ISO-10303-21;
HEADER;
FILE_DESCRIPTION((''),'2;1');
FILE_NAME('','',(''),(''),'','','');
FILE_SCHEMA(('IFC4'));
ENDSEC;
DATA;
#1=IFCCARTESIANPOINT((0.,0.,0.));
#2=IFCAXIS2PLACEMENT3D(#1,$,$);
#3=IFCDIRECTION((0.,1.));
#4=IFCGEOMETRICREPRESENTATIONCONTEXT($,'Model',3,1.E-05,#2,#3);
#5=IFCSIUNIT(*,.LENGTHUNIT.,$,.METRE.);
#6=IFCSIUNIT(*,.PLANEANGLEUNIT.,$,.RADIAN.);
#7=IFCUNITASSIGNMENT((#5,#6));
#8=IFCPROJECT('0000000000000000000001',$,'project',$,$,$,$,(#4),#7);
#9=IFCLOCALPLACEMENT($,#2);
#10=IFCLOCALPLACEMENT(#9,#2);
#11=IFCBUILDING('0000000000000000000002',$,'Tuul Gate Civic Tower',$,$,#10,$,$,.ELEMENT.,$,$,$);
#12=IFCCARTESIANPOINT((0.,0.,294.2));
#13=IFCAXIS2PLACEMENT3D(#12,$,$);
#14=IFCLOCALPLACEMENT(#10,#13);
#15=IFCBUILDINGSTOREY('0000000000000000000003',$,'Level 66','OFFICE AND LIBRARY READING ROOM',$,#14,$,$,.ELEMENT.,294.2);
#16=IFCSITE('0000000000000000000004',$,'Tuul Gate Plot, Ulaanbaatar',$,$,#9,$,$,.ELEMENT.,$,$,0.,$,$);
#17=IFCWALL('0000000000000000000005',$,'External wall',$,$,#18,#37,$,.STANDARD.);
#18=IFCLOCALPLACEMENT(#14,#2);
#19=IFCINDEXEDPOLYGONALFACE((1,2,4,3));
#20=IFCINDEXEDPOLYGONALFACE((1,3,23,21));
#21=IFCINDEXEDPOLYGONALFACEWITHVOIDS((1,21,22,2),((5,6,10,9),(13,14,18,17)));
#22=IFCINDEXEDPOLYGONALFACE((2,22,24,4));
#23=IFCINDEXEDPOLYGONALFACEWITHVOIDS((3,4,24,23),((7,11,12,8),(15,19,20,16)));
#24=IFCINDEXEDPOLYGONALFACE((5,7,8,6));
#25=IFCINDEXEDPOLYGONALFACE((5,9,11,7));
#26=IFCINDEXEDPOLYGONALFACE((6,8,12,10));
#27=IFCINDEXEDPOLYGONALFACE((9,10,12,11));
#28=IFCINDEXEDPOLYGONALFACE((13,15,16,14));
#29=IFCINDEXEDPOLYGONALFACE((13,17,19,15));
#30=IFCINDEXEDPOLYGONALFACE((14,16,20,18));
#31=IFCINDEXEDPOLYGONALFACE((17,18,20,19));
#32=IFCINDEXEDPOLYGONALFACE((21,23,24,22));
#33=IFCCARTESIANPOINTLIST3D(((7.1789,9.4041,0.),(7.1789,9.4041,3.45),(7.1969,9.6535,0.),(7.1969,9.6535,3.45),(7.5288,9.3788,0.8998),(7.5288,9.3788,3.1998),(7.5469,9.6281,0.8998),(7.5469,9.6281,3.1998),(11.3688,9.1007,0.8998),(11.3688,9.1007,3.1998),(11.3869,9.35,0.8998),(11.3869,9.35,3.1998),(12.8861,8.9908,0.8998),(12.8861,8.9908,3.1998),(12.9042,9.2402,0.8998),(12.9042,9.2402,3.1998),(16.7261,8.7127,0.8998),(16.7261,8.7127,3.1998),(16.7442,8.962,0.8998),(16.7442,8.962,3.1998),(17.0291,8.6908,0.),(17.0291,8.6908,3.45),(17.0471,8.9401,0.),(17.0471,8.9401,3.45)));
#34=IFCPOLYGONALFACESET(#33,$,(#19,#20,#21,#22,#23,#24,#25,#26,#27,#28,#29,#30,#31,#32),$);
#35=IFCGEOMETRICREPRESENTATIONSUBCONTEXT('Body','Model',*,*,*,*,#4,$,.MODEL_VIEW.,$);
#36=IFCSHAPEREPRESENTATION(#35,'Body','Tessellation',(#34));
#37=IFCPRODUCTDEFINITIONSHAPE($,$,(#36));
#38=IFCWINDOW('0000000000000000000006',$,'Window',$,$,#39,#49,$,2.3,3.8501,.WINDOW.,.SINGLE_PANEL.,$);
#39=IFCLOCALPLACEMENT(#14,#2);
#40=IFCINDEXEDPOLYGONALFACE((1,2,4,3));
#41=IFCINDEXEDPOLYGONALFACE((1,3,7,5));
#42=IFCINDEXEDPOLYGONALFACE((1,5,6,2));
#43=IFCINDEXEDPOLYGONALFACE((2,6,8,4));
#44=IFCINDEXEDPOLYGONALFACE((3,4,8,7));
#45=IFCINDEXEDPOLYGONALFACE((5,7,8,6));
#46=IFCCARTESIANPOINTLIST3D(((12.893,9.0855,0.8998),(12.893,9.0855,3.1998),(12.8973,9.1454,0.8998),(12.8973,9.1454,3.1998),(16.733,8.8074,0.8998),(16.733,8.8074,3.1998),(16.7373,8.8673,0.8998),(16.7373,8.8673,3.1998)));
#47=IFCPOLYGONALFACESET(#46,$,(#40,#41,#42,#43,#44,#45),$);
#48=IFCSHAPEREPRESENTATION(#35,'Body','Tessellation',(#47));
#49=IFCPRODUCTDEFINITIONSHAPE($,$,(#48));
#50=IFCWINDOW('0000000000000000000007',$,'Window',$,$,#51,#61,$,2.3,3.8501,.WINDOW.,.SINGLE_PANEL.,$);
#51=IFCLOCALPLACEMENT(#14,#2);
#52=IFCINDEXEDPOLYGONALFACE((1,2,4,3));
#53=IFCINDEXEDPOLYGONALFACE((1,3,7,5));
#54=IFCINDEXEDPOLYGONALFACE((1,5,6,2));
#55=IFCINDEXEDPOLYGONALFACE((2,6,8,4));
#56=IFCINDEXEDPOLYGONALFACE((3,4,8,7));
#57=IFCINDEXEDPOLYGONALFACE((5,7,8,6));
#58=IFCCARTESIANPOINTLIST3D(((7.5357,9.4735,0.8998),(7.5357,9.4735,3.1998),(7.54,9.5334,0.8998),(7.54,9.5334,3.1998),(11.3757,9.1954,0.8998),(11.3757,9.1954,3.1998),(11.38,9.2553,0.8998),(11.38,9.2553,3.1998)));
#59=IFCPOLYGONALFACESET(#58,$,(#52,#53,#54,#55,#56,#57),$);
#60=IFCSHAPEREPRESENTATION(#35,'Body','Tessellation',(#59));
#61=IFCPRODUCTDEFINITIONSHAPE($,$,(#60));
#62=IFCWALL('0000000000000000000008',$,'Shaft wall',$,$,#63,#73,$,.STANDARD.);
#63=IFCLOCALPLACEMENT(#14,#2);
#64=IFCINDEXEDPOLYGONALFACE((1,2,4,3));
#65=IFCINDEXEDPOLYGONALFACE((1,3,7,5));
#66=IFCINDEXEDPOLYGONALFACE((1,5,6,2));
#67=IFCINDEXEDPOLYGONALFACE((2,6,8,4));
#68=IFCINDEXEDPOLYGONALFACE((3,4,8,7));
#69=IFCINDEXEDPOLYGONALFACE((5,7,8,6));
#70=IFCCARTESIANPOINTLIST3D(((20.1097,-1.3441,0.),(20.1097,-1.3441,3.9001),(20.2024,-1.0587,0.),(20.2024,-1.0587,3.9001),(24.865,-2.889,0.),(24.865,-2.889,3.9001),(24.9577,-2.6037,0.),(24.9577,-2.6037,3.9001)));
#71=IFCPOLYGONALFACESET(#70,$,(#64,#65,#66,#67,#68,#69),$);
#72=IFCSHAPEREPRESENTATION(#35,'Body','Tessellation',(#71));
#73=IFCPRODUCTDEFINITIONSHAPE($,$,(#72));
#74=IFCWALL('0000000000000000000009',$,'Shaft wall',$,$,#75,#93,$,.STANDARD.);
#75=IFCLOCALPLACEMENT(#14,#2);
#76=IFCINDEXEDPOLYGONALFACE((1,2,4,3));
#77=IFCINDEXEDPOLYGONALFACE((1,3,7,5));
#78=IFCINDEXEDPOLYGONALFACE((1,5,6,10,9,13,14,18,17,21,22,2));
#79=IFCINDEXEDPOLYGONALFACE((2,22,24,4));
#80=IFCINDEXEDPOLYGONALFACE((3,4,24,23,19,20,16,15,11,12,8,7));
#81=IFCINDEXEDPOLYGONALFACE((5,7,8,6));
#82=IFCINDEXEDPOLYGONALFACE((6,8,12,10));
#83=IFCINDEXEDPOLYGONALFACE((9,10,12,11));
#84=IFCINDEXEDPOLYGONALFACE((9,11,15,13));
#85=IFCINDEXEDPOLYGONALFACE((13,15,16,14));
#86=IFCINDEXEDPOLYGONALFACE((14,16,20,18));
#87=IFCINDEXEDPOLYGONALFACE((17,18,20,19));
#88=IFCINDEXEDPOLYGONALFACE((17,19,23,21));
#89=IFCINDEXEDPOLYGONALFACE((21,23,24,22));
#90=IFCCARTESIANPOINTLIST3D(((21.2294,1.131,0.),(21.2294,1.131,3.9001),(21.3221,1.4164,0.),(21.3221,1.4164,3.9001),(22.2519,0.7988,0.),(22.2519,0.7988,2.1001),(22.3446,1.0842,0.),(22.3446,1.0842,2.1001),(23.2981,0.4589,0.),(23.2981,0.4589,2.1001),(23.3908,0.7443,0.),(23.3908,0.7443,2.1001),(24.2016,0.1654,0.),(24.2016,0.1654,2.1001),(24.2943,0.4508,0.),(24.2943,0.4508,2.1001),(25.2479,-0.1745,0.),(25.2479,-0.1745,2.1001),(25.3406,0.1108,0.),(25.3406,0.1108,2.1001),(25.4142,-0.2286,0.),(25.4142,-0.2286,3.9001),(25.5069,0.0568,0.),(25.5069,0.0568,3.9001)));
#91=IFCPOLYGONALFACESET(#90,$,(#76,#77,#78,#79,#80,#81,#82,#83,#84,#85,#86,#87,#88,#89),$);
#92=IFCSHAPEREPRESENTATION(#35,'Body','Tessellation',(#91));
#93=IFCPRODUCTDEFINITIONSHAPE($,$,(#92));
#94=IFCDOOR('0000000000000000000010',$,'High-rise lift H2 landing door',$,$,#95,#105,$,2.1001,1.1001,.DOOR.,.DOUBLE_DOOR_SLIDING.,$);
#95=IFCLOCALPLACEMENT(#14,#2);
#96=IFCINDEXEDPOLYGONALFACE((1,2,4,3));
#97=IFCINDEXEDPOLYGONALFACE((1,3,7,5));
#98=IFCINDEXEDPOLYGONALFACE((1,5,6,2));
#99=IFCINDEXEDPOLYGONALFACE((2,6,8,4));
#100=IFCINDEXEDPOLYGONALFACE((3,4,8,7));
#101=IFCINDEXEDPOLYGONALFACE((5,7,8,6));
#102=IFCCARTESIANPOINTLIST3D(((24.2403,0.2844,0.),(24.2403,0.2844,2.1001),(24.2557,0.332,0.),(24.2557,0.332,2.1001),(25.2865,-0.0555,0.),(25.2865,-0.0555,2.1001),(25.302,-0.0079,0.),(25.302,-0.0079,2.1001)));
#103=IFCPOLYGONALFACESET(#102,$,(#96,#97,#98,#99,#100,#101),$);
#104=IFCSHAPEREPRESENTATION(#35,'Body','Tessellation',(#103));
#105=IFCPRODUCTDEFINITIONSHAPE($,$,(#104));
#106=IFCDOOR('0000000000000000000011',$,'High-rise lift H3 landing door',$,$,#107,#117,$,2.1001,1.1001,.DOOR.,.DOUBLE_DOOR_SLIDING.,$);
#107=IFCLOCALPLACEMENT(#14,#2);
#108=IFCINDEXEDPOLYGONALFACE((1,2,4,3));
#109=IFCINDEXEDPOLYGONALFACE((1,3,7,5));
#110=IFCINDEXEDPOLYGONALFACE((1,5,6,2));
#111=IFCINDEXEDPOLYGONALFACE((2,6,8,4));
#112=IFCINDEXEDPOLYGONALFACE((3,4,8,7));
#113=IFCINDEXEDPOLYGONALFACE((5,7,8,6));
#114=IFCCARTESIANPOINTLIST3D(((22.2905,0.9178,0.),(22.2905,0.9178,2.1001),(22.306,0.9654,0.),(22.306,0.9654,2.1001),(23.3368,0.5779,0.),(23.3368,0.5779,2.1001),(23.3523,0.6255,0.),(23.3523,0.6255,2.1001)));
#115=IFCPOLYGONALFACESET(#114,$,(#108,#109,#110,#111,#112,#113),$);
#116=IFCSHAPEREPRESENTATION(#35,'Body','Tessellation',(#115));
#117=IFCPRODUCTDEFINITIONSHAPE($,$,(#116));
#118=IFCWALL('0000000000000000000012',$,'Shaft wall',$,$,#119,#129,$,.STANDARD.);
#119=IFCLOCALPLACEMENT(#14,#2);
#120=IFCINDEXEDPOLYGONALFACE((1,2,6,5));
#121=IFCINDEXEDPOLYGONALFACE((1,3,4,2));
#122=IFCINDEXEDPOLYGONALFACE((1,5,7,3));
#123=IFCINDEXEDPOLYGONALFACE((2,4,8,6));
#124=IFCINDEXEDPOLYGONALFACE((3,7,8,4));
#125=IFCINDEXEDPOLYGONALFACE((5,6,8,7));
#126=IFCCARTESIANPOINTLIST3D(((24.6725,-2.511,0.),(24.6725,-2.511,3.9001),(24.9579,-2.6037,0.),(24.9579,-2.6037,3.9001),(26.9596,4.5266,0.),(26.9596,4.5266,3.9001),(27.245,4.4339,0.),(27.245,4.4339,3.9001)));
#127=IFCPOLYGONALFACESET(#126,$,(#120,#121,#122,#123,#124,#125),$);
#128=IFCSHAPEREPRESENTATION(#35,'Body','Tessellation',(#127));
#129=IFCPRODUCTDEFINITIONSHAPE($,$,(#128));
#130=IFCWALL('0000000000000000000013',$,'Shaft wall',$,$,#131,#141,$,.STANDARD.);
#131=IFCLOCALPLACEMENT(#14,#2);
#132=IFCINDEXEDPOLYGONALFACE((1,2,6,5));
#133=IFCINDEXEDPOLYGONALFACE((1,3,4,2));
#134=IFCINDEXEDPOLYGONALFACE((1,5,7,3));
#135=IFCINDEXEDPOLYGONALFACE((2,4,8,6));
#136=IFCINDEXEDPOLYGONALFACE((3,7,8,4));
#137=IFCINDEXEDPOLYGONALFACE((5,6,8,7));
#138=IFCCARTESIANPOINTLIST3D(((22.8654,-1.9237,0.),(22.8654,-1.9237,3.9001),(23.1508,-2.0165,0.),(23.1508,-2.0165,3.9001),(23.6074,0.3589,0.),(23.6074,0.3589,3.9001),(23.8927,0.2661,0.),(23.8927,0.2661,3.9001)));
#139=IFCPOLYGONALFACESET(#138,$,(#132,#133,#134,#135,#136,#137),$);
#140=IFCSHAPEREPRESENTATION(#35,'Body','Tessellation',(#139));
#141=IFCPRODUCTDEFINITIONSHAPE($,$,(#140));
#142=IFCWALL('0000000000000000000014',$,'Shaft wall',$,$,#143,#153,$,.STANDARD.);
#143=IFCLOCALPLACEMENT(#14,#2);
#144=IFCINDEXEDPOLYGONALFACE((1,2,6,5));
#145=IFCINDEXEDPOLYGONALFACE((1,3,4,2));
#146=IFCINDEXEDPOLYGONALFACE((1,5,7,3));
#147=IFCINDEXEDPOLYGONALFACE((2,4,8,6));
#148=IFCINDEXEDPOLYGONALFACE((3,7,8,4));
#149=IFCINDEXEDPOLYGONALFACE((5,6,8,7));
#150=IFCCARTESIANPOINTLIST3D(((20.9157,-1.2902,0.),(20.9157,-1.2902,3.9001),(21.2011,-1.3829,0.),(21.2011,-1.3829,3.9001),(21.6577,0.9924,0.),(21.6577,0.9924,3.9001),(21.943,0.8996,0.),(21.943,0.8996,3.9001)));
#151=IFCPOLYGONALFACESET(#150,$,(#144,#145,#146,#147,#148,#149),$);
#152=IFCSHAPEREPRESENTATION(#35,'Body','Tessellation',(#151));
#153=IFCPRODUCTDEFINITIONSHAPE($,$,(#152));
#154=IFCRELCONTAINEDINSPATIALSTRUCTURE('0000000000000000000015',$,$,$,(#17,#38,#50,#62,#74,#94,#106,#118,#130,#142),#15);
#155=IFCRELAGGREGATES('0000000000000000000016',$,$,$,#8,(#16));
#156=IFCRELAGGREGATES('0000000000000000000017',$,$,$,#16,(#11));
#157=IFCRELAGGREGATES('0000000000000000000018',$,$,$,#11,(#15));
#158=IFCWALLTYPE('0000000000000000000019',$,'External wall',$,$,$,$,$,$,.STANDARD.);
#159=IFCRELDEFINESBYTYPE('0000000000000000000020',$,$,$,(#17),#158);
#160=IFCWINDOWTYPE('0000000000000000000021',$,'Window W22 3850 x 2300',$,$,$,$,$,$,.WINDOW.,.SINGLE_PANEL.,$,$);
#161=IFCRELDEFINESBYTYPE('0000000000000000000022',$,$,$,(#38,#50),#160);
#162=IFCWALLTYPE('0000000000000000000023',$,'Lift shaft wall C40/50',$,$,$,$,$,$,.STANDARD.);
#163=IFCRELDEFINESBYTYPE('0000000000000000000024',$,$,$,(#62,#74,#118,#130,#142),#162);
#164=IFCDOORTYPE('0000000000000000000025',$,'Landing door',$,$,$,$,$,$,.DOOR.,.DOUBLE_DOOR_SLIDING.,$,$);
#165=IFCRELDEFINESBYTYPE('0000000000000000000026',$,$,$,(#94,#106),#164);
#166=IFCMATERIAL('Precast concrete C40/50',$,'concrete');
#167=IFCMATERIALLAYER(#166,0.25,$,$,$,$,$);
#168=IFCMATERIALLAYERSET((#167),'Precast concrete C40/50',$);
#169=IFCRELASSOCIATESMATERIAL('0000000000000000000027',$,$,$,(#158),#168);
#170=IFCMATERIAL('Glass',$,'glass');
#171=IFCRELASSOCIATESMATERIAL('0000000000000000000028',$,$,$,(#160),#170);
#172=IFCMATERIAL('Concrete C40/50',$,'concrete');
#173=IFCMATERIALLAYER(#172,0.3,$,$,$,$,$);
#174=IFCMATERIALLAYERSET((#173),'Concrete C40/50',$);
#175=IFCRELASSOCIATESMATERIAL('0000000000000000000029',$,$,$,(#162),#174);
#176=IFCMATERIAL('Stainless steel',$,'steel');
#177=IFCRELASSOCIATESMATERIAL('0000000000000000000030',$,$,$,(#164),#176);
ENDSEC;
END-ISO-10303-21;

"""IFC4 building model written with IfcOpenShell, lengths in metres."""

from ifc_helpers import new_model, si_unit, direction, frame, frame_2d, origin, place, context, subcontext, project, spatial, rectangle, extrude, material, layer, layer_set, type_object, element, fill, save


model = new_model("IFC4")

# Units and contexts
model_context = context("Model", 3, precision=1e-05, world=origin(), true_north=direction((0.0, 1.0)))
body_context = subcontext(model_context, "Body", "Model", "MODEL_VIEW")
ifc_project = project(units=[si_unit("LENGTHUNIT", "METRE"), si_unit("PLANEANGLEUNIT", "RADIAN")], contexts=[model_context])

# Site, building, storey
site_placement = place(None, origin())
site = spatial("IfcSite", under=ifc_project, at=site_placement, Name="Tuul Gate Plot, Ulaanbaatar", CompositionType="ELEMENT", RefElevation=0.0)
building_placement = place(site_placement, origin())
building = spatial("IfcBuilding", under=site, at=building_placement, Name="Tuul Gate Civic Tower", CompositionType="ELEMENT")
storey_placement = place(building_placement, frame((0.0, 0.0, 294.2)))
storey = spatial("IfcBuildingStorey", under=building, at=storey_placement, Name="Level 66", Description="OFFICE AND LIBRARY READING ROOM", CompositionType="ELEMENT", Elevation=294.2)

# Wall, openings, windows
ifc_material_1 = material(Name="Precast concrete C40/50", Category="concrete")
ifc_layer_1 = layer(ifc_material_1, 0.25)
ifc_layer_set_1 = layer_set([ifc_layer_1], Name="Precast concrete C40/50")
wall_type_1 = type_object("IfcWallType", Name="External wall", PredefinedType="STANDARD", material=ifc_layer_set_1)
wall_1_placement = place(storey_placement, frame((17.0381, 8.8154, 0.0), z_axis=(0.0, 0.0, 1.0), x_axis=(-0.997388, 0.072234, 0.0)))
wall_1 = element("IfcWall", 1, at=wall_1_placement, inside=storey, type_object=wall_type_1, Name="External wall", PredefinedType="STANDARD", context=body_context, shape_type="SweptSolid", body=[
    extrude(rectangle(XDim=9.876, YDim=0.25, at=frame_2d((4.938, 0.0))), origin(), (0.0, 0.0, 1.0), 3.45),
])
opening_1_placement = place(wall_1_placement, frame((0.3037, 0.0, 0.8999)))
opening_1 = element("IfcOpeningElement", 2, at=opening_1_placement, cuts=wall_1, PredefinedType="OPENING", context=body_context, shape_type="SweptSolid", body=[
    extrude(rectangle(XDim=3.8501, YDim=2.3, at=frame_2d((1.925, 1.1499))), frame((0.0, 0.135, 0.0), z_axis=(0.0, -1.0, 0.0), x_axis=(1.0, 0.0, 0.0)), (0.0, 0.0, 1.0), 0.27),
])
opening_2_placement = place(wall_1_placement, frame((5.675, 0.0, 0.8999)))
opening_2 = element("IfcOpeningElement", 3, at=opening_2_placement, cuts=wall_1, PredefinedType="OPENING", context=body_context, shape_type="SweptSolid", body=[
    extrude(rectangle(XDim=3.8501, YDim=2.3, at=frame_2d((1.925, 1.1499))), frame((0.0, 0.135, 0.0), z_axis=(0.0, -1.0, 0.0), x_axis=(1.0, 0.0, 0.0)), (0.0, 0.0, 1.0), 0.27),
])
ifc_material_2 = material(Name="Glass", Category="glass")
window_type = type_object("IfcWindowType", Name="Window W22 3850 x 2300", PartitioningType="SINGLE_PANEL", PredefinedType="WINDOW", material=ifc_material_2)
window_1_placement = place(opening_1_placement, origin())
window_1 = element("IfcWindow", 4, at=window_1_placement, inside=storey, type_object=window_type, Name="Window", OverallHeight=2.3, OverallWidth=3.8501, PartitioningType="SINGLE_PANEL", PredefinedType="WINDOW", context=body_context, shape_type="SweptSolid", body=[
    extrude(rectangle(XDim=3.8501, YDim=2.3, at=frame_2d((1.925, 1.1499))), frame((0.0, 0.03, 0.0), z_axis=(0.0, -1.0, 0.0), x_axis=(1.0, 0.0, 0.0)), (0.0, 0.0, 1.0), 0.0601),
])
fill(opening_1, window_1)
window_2_placement = place(opening_2_placement, origin())
window_2 = element("IfcWindow", 5, at=window_2_placement, inside=storey, type_object=window_type, Name="Window", OverallHeight=2.3, OverallWidth=3.8501, PartitioningType="SINGLE_PANEL", PredefinedType="WINDOW", context=body_context, shape_type="SweptSolid", body=[
    extrude(rectangle(XDim=3.8501, YDim=2.3, at=frame_2d((1.925, 1.1499))), frame((0.0, 0.03, 0.0), z_axis=(0.0, -1.0, 0.0), x_axis=(1.0, 0.0, 0.0)), (0.0, 0.0, 1.0), 0.0601),
])
fill(opening_2, window_2)

# Wall
ifc_material_3 = material(Name="Concrete C40/50", Category="concrete")
ifc_layer_2 = layer(ifc_material_3, 0.3)
ifc_layer_set_2 = layer_set([ifc_layer_2], Name="Concrete C40/50")
wall_type_2 = type_object("IfcWallType", Name="Lift shaft wall C40/50", PredefinedType="STANDARD", material=ifc_layer_set_2)
wall_2_placement = place(storey_placement, frame((24.9114, -2.7463, 0.0), z_axis=(0.0, 0.0, 1.0), x_axis=(-0.951068, 0.308982, 0.0)))
element("IfcWall", 6, at=wall_2_placement, inside=storey, type_object=wall_type_2, Name="Shaft wall", PredefinedType="STANDARD", context=body_context, shape_type="SweptSolid", body=[
    extrude(rectangle(XDim=5.0, YDim=0.3, at=frame_2d((2.5, 0.0))), origin(), (0.0, 0.0, 1.0), 3.9001),
])

# Wall, openings, doors
wall_3_placement = place(storey_placement, frame((25.4607, -0.0859, 0.0), z_axis=(0.0, 0.0, 1.0), x_axis=(-0.951064, 0.308994, 0.0)))
wall_3 = element("IfcWall", 7, at=wall_3_placement, inside=storey, type_object=wall_type_2, Name="Shaft wall", PredefinedType="STANDARD", context=body_context, shape_type="SweptSolid", body=[
    extrude(rectangle(XDim=4.4001, YDim=0.3, at=frame_2d((2.2002, 0.0))), origin(), (0.0, 0.0, 1.0), 3.9001),
])
opening_3_placement = place(wall_3_placement, frame((0.175, 0.0, 0.0)))
opening_3 = element("IfcOpeningElement", 8, at=opening_3_placement, cuts=wall_3, PredefinedType="OPENING", context=body_context, shape_type="SweptSolid", body=[
    extrude(rectangle(XDim=1.1001, YDim=2.1001, at=frame_2d((0.55, 1.05))), frame((0.0, 0.1602, 0.0), z_axis=(0.0, -1.0, 0.0), x_axis=(1.0, 0.0, 0.0)), (0.0, 0.0, 1.0), 0.3201),
])
opening_4_placement = place(wall_3_placement, frame((2.2251, 0.0, 0.0)))
opening_4 = element("IfcOpeningElement", 9, at=opening_4_placement, cuts=wall_3, PredefinedType="OPENING", context=body_context, shape_type="SweptSolid", body=[
    extrude(rectangle(XDim=1.1001, YDim=2.1001, at=frame_2d((0.55, 1.05))), frame((0.0, 0.1602, 0.0), z_axis=(0.0, -1.0, 0.0), x_axis=(1.0, 0.0, 0.0)), (0.0, 0.0, 1.0), 0.3201),
])
ifc_material_4 = material(Name="Stainless steel", Category="steel")
door_type_1 = type_object("IfcDoorType", Name="Landing door", OperationType="DOUBLE_DOOR_SLIDING", PredefinedType="DOOR", material=ifc_material_4)
door_1_placement = place(opening_3_placement, origin())
door_1 = element("IfcDoor", 10, at=door_1_placement, inside=storey, type_object=door_type_1, Name="High-rise lift H2 landing door", OperationType="DOUBLE_DOOR_SLIDING", OverallHeight=2.1001, OverallWidth=1.1001, PredefinedType="DOOR", context=body_context, shape_type="SweptSolid", body=[
    extrude(rectangle(XDim=1.1001, YDim=2.1001, at=frame_2d((0.55, 1.05))), frame((0.0, 0.0249, 0.0), z_axis=(0.0, -1.0, 0.0), x_axis=(1.0, 0.0, 0.0)), (0.0, 0.0, 1.0), 0.05),
])
fill(opening_3, door_1)
door_2_placement = place(opening_4_placement, origin())
door_2 = element("IfcDoor", 11, at=door_2_placement, inside=storey, type_object=door_type_1, Name="High-rise lift H3 landing door", OperationType="DOUBLE_DOOR_SLIDING", OverallHeight=2.1001, OverallWidth=1.1001, PredefinedType="DOOR", context=body_context, shape_type="SweptSolid", body=[
    extrude(rectangle(XDim=1.1001, YDim=2.1001, at=frame_2d((0.55, 1.05))), frame((0.0, 0.0249, 0.0), z_axis=(0.0, -1.0, 0.0), x_axis=(1.0, 0.0, 0.0)), (0.0, 0.0, 1.0), 0.05),
])
fill(opening_4, door_2)

# Walls
wall_4_placement = place(storey_placement, frame((24.8152, -2.5574, 0.0), z_axis=(0.0, 0.0, 1.0), x_axis=(0.309073, 0.951038, 0.0)))
element("IfcWall", 12, at=wall_4_placement, inside=storey, type_object=wall_type_2, Name="Shaft wall", PredefinedType="STANDARD", context=body_context, shape_type="SweptSolid", body=[
    extrude(rectangle(XDim=7.3999, YDim=0.3, at=frame_2d((3.7, 0.0))), origin(), (0.0, 0.0, 1.0), 3.9001),
])
for number, where, z_axis, x_axis, name in (
    (13, (23.0081, -1.9702, 0.0), (0.0, 0.0, 1.0), (0.309139, 0.951017, 0.0), "Shaft wall"),
    (14, (21.0583, -1.3367, 0.0), (0.0, 0.0, 1.0), (0.309139, 0.951017, 0.0), "Shaft wall"),
):
    element("IfcWall", number, at=place(storey_placement, frame(where, z_axis=z_axis, x_axis=x_axis)), inside=storey, type_object=wall_type_2, Name=name, PredefinedType="STANDARD", context=body_context, shape_type="SweptSolid", body=[
        extrude(rectangle(XDim=2.4001, YDim=0.3, at=frame_2d((1.2002, 0.0))), origin(), (0.0, 0.0, 1.0), 3.9001),
    ])

save(model, "model.ifc")
